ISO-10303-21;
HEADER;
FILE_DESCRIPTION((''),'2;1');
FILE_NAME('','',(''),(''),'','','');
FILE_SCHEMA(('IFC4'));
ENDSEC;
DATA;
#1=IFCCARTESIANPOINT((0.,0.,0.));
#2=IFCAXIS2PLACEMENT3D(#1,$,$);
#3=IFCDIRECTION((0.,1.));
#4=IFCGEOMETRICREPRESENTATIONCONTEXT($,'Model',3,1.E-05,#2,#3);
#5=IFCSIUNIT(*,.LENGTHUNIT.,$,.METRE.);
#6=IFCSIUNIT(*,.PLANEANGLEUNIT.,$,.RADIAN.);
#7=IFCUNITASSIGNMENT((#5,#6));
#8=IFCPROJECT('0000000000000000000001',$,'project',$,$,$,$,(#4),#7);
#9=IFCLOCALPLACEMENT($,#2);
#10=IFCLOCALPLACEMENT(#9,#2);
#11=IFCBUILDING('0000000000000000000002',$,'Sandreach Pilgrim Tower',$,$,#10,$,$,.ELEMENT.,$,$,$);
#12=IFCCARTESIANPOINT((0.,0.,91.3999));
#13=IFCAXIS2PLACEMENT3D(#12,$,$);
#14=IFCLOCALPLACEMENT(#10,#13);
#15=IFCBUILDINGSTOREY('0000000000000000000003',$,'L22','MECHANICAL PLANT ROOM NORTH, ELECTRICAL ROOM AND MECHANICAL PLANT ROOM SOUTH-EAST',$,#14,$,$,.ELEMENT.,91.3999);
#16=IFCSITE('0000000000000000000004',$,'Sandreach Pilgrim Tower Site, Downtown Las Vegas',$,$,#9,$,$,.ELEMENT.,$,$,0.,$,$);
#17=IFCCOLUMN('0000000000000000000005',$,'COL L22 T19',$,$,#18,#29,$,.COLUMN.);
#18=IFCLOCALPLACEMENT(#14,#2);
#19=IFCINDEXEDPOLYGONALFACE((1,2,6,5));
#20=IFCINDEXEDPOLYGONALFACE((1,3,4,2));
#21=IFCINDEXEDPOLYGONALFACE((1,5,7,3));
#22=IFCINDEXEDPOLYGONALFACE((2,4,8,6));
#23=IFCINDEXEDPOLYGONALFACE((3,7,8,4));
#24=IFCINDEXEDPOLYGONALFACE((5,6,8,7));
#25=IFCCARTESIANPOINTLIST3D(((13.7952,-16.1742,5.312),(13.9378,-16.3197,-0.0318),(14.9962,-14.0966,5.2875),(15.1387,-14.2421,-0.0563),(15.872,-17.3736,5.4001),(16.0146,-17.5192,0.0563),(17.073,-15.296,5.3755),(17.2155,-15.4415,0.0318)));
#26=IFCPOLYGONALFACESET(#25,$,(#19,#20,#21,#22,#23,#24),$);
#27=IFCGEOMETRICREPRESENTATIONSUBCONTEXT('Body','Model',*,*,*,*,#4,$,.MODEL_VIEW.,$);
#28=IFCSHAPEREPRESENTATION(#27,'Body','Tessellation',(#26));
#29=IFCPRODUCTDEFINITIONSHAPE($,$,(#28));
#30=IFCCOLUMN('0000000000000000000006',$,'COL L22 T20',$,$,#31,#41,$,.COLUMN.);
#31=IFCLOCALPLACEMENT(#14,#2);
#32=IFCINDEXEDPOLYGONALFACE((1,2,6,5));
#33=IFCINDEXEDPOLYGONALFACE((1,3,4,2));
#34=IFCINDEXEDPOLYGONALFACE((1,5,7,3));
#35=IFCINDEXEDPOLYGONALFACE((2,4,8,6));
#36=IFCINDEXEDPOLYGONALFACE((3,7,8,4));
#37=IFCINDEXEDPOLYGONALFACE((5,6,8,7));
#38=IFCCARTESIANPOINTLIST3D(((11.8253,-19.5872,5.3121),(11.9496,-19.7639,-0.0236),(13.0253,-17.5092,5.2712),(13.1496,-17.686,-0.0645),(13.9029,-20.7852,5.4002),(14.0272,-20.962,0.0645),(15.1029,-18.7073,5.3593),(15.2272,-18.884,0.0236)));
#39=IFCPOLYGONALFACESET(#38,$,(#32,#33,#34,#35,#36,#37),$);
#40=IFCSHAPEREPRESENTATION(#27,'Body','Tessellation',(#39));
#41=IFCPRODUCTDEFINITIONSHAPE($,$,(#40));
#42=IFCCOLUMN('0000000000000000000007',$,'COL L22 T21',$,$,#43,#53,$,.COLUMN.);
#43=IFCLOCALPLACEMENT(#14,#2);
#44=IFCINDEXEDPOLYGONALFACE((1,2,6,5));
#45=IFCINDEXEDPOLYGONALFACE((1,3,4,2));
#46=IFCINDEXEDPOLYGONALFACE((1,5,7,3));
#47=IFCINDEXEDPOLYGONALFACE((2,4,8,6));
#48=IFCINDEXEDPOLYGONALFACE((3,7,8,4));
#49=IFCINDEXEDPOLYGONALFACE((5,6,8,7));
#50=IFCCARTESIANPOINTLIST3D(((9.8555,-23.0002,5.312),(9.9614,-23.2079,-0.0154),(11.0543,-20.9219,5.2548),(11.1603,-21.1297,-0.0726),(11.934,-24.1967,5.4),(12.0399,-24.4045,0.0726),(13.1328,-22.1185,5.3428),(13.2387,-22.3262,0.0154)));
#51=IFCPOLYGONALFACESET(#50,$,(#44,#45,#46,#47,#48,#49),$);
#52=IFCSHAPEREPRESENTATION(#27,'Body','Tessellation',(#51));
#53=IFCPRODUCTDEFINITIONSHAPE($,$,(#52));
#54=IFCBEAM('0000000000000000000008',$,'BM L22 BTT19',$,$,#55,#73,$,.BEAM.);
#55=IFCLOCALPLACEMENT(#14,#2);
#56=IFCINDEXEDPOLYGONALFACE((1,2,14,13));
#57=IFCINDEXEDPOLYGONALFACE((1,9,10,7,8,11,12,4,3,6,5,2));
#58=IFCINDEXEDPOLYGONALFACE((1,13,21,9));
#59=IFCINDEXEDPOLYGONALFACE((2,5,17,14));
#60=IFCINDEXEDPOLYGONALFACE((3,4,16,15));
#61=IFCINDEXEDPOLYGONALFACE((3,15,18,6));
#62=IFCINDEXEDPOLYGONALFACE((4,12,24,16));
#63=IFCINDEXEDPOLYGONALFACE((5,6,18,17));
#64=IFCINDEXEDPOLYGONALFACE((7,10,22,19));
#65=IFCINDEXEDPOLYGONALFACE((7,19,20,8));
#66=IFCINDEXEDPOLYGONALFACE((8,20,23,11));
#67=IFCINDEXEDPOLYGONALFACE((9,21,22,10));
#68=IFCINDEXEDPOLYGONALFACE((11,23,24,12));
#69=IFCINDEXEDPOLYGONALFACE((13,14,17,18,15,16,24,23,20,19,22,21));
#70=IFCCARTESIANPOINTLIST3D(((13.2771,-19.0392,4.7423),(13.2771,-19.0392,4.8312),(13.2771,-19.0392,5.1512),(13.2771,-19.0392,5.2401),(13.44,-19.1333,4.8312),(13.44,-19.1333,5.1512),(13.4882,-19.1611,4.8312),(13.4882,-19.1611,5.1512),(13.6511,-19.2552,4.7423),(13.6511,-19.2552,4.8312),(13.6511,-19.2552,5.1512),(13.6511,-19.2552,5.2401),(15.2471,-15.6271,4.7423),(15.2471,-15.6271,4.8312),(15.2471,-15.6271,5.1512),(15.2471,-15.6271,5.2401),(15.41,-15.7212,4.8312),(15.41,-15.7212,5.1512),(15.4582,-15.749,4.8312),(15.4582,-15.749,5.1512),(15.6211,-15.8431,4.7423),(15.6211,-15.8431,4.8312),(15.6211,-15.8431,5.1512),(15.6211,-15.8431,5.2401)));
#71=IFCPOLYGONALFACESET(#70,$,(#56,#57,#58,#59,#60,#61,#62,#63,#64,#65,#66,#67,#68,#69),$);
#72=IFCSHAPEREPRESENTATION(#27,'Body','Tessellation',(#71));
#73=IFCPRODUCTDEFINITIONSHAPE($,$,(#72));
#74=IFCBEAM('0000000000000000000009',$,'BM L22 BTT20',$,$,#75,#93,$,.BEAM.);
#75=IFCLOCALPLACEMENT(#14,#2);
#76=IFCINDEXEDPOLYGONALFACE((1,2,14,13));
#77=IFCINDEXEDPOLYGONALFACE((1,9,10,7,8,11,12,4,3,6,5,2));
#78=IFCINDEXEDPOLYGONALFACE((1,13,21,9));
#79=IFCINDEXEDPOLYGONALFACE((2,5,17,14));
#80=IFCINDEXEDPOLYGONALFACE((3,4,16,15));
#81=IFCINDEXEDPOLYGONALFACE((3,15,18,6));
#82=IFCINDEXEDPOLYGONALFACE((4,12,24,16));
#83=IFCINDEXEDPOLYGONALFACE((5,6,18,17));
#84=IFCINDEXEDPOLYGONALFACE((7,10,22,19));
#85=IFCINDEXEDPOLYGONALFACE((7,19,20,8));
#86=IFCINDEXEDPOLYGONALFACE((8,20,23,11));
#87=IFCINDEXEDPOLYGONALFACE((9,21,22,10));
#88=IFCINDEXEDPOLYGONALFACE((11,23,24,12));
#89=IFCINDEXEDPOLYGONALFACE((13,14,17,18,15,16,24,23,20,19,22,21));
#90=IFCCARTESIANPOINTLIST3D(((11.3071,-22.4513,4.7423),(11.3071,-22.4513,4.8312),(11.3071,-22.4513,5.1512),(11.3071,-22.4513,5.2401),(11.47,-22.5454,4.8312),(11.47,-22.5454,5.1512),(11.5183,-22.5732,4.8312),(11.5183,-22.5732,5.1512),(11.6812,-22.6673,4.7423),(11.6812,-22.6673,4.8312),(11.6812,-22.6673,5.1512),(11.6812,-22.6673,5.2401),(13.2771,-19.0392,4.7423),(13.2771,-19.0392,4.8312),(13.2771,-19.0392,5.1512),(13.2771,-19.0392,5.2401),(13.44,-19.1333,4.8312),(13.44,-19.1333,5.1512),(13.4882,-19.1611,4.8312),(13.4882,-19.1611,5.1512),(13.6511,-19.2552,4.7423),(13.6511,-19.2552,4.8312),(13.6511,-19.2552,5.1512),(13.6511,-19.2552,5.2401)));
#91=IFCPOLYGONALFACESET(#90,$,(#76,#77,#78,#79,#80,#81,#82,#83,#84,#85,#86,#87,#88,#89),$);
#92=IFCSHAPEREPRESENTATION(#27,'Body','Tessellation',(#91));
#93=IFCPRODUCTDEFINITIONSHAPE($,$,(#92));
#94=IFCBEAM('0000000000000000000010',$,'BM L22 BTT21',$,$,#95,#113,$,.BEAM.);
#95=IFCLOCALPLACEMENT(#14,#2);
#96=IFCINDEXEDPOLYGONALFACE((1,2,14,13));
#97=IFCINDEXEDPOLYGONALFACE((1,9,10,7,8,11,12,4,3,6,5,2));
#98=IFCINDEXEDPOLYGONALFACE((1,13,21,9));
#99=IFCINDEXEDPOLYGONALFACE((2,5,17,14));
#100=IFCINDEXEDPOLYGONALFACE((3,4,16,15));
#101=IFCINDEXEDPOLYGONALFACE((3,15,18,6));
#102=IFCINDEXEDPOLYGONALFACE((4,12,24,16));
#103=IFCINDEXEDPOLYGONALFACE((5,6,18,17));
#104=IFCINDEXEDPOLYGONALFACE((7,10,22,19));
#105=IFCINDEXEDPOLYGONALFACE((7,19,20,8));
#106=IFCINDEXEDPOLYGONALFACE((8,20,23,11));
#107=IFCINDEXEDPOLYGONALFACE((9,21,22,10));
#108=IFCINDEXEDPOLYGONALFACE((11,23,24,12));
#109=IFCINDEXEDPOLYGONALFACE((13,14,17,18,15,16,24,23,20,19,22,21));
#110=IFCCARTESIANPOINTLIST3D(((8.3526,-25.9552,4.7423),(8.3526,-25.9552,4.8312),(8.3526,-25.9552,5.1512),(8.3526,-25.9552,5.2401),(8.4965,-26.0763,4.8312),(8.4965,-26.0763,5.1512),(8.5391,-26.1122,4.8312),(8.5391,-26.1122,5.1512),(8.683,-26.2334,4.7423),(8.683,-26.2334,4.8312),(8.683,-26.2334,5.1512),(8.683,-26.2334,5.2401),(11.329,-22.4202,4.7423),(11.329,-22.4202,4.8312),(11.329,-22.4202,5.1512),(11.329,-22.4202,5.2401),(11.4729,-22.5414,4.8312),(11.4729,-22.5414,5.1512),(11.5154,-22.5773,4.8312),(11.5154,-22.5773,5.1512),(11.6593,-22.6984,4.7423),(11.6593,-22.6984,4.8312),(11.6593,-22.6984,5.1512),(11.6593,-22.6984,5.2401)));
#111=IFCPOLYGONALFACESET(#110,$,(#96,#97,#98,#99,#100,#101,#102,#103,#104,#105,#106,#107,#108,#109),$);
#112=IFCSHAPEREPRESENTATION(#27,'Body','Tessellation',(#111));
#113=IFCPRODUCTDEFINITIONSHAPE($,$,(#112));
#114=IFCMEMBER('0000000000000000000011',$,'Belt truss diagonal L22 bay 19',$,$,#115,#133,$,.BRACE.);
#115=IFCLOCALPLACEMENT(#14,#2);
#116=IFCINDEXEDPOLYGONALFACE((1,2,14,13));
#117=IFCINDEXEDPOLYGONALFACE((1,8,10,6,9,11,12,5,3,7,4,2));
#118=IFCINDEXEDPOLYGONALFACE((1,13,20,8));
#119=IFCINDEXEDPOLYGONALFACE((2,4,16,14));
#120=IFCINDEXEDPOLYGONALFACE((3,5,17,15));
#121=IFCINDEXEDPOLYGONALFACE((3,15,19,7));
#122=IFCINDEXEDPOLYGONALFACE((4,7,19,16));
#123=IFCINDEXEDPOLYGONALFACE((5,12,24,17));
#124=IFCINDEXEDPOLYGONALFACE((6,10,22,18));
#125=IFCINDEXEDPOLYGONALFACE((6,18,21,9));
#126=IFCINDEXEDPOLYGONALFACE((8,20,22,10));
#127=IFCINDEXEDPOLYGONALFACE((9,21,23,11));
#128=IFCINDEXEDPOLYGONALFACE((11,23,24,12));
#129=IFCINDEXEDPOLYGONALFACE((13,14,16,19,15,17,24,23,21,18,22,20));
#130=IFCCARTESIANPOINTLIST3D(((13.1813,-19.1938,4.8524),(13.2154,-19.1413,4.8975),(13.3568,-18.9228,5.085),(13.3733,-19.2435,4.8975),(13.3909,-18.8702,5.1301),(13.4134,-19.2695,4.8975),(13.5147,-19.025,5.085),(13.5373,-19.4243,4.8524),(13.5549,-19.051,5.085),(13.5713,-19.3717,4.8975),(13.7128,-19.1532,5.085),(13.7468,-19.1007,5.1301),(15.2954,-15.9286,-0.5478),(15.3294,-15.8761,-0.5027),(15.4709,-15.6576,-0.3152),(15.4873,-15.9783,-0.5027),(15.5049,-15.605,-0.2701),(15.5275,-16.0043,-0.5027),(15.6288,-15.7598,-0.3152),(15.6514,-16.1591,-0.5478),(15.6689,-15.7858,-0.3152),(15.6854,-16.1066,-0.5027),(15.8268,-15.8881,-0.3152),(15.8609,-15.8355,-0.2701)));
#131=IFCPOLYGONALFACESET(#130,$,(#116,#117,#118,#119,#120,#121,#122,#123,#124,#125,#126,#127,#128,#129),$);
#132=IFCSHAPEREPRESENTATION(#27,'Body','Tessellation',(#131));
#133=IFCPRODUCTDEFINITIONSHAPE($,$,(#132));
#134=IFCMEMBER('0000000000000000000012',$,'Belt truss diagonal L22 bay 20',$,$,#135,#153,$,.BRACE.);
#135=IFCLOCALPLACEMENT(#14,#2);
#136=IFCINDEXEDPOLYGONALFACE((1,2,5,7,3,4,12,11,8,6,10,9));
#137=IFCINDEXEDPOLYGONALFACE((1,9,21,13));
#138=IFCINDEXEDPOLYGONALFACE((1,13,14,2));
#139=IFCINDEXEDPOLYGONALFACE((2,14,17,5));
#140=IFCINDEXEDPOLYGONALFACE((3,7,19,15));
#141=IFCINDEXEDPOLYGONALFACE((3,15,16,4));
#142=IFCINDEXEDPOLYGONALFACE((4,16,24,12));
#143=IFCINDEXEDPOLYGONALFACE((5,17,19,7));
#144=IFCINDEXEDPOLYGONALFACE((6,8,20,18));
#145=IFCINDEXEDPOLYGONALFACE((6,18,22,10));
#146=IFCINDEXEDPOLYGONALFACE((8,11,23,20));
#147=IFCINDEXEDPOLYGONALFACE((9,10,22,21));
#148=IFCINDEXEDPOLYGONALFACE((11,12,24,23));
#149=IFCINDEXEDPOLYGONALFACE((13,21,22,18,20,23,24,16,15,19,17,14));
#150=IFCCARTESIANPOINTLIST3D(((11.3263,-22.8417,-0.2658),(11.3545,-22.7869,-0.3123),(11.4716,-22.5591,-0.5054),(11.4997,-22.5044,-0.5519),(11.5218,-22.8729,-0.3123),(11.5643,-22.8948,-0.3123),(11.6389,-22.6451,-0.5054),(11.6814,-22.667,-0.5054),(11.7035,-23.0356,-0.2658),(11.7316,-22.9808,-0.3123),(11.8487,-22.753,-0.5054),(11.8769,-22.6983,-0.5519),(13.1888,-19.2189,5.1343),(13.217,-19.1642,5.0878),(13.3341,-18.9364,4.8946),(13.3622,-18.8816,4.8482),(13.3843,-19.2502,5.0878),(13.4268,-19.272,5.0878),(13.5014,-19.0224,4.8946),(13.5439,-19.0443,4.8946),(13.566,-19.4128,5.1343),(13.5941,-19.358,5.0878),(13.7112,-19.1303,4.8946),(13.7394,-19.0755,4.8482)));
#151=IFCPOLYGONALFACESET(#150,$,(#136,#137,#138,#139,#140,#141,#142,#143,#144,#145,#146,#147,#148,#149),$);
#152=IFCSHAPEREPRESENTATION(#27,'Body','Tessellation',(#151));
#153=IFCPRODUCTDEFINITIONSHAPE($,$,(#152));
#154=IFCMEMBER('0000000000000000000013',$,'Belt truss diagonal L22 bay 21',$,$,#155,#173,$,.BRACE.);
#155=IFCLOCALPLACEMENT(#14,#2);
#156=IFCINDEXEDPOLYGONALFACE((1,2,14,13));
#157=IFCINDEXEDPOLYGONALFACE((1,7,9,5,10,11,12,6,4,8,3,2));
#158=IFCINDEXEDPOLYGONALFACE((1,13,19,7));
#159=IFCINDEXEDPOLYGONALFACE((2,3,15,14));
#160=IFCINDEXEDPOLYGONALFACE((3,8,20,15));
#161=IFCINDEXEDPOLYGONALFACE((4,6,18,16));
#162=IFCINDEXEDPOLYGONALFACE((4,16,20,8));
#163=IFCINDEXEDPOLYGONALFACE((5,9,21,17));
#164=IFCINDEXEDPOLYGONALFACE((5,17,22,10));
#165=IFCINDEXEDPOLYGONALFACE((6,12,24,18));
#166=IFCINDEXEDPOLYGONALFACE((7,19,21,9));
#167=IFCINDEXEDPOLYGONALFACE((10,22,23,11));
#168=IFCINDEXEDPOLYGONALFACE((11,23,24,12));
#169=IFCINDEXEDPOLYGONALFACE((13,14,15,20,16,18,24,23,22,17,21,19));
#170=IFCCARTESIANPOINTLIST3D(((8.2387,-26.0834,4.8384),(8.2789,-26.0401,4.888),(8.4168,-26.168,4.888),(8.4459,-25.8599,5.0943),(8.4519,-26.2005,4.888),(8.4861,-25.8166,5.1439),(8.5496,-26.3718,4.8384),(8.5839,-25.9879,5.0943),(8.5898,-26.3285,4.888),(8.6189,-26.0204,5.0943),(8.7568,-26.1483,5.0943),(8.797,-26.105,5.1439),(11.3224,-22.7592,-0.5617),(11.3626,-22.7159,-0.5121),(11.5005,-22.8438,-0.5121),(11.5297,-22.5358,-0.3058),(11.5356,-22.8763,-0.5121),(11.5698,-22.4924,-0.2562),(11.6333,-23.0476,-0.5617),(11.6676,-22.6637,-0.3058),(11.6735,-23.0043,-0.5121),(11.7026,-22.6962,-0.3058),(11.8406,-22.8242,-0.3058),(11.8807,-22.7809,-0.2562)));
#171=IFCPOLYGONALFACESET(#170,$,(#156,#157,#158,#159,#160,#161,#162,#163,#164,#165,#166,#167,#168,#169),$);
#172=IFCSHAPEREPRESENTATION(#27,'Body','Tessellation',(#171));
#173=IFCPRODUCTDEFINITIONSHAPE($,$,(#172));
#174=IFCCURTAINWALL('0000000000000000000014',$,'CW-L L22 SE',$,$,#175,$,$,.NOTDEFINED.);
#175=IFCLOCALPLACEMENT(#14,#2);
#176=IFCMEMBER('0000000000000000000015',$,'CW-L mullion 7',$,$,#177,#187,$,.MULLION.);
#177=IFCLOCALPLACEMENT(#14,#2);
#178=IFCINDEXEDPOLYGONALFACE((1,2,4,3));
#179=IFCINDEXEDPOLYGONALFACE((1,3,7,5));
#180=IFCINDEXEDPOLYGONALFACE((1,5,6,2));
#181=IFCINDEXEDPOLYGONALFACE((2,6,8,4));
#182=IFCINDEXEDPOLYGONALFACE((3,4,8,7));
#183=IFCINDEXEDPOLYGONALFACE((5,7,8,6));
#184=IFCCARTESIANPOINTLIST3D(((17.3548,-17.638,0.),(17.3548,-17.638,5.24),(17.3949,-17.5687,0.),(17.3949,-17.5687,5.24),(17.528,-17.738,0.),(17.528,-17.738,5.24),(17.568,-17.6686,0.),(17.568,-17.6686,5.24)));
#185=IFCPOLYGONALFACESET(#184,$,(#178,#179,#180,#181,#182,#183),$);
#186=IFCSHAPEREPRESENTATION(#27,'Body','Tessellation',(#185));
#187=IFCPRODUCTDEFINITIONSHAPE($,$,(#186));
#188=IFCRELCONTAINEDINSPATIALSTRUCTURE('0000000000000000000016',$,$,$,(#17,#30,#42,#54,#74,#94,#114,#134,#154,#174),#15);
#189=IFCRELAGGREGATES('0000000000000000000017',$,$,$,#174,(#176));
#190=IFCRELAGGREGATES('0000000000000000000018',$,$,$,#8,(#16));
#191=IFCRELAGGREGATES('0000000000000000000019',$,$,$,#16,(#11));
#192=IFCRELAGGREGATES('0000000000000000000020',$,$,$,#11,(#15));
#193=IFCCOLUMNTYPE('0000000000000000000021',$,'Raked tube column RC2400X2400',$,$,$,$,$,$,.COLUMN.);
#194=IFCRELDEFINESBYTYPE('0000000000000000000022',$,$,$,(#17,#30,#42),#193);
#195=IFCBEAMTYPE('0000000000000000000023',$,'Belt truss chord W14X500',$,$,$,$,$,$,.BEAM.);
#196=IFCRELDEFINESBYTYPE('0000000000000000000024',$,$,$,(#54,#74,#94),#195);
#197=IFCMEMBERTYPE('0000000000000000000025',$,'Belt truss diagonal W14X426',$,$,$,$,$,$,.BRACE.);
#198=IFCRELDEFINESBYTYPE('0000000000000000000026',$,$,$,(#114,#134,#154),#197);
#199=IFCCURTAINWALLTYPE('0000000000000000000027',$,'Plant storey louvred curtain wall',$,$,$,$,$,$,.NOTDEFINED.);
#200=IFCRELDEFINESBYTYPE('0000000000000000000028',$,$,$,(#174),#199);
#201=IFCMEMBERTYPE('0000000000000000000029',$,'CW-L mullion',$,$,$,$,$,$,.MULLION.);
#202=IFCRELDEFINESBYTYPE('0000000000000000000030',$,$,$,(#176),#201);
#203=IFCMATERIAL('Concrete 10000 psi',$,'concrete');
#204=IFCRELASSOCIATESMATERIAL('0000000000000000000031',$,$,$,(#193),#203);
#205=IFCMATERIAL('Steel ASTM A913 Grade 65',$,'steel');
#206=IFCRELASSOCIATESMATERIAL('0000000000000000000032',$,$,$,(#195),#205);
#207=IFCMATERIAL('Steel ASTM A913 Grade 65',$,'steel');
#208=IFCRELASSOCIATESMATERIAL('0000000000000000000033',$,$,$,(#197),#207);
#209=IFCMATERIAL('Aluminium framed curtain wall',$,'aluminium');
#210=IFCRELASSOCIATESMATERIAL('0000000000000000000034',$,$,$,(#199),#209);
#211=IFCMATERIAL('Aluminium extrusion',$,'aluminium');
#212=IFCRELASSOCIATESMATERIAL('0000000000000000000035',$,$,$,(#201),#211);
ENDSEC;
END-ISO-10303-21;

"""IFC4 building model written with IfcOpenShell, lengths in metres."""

from ifc_helpers import new_model, si_unit, direction, frame, origin, origin_2d, place, context, subcontext, project, spatial, rectangle, i_section, extrude, material, material_profile, profile_set, type_object, element, aggregate, save


model = new_model("IFC4")

# Units and contexts
model_context = context("Model", 3, precision=1e-05, world=origin(), true_north=direction((0.0, 1.0)))
body_context = subcontext(model_context, "Body", "Model", "MODEL_VIEW")
ifc_project = project(units=[si_unit("LENGTHUNIT", "METRE"), si_unit("PLANEANGLEUNIT", "RADIAN")], contexts=[model_context])

# Site, building, storey
site_placement = place(None, origin())
site = spatial("IfcSite", under=ifc_project, at=site_placement, Name="Sandreach Pilgrim Tower Site, Downtown Las Vegas", CompositionType="ELEMENT", RefElevation=0.0)
building_placement = place(site_placement, origin())
building = spatial("IfcBuilding", under=site, at=building_placement, Name="Sandreach Pilgrim Tower", CompositionType="ELEMENT")
storey_placement = place(building_placement, frame((0.0, 0.0, 91.3999)))
storey = spatial("IfcBuildingStorey", under=building, at=storey_placement, Name="L22", Description="MECHANICAL PLANT ROOM NORTH, ELECTRICAL ROOM AND MECHANICAL PLANT ROOM SOUTH-EAST", CompositionType="ELEMENT", Elevation=91.3999)

# Columns
ifc_material_1 = material(Name="Concrete 10000 psi", Category="concrete")
ifc_material_profile_1 = material_profile(ifc_material_1, rectangle(XDim=2.3999, YDim=2.3999, at=origin_2d()), Name="RC2400X2400")
ifc_profile_set_1 = profile_set([ifc_material_profile_1], Name="Concrete 10000 psi")
column_type = type_object("IfcColumnType", Name="Raked tube column RC2400X2400", PredefinedType="COLUMN", material=ifc_profile_set_1)
column_1_placement = place(storey_placement, frame((15.5767, -15.8806, 0.0), z_axis=(-0.026662, 0.02721, 0.999274), x_axis=(0.865374, -0.499781, 0.036698)))
element("IfcColumn", 1, at=column_1_placement, inside=storey, type_object=column_type, Name="COL L22 T19", PredefinedType="COLUMN", context=body_context, shape_type="SweptSolid", body=[
    extrude(rectangle(XDim=2.3999, YDim=2.3999, at=origin_2d()), origin(), (0.0, 0.0, 1.0), 5.3477),
])
column_2_placement = place(storey_placement, frame((13.5884, -19.324, 0.0), z_axis=(-0.023271, 0.0331, 0.999181), x_axis=(0.865705, -0.499208, 0.0367)))
element("IfcColumn", 2, at=column_2_placement, inside=storey, type_object=column_type, Name="COL L22 T20", PredefinedType="COLUMN", context=body_context, shape_type="SweptSolid", body=[
    extrude(rectangle(XDim=2.3999, YDim=2.3999, at=origin_2d()), origin(), (0.0, 0.0, 1.0), 5.3401),
])
column_3_placement = place(storey_placement, frame((11.6001, -22.7671, 0.0), z_axis=(-0.01987, 0.038962, 0.999043), x_axis=(0.866071, -0.498574, 0.036669)))
element("IfcColumn", 3, at=column_3_placement, inside=storey, type_object=column_type, Name="COL L22 T21", PredefinedType="COLUMN", context=body_context, shape_type="SweptSolid", body=[
    extrude(rectangle(XDim=2.3999, YDim=2.3999, at=origin_2d()), origin(), (0.0, 0.0, 1.0), 5.3325),
])

# Beams
ifc_material_2 = material(Name="Steel ASTM A913 Grade 65", Category="steel")
ifc_material_profile_2 = material_profile(ifc_material_2, i_section(OverallWidth=0.4319, OverallDepth=0.4978, WebThickness=0.0557, FlangeThickness=0.0889, at=origin_2d()), Name="W14X500")
ifc_profile_set_2 = profile_set([ifc_material_profile_2], Name="Steel ASTM A913 Grade 65")
beam_type_1 = type_object("IfcBeamType", Name="Belt truss chord W14X500", PredefinedType="BEAM", material=ifc_profile_set_2)
for number, where, z_axis, x_axis, name in (
    (4, (15.4341, -15.7351, 4.9912), (-0.499998, -0.866027, 0.0), (0.866027, -0.499998, 0.0), "BM L22 BTT19"),
    (5, (13.4641, -19.1472, 4.9912), (-0.499998, -0.866027, 0.0), (0.866027, -0.499998, 0.0), "BM L22 BTT20"),
):
    element("IfcBeam", number, at=place(storey_placement, frame(where, z_axis=z_axis, x_axis=x_axis)), inside=storey, type_object=beam_type_1, Name=name, PredefinedType="BEAM", context=body_context, shape_type="SweptSolid", body=[
        extrude(i_section(OverallWidth=0.4319, OverallDepth=0.4978, WebThickness=0.0557, FlangeThickness=0.0889, at=origin_2d()), origin(), (0.0, 0.0, 1.0), 3.9399),
    ])
beam_1_placement = place(storey_placement, frame((11.4941, -22.5593, 4.9912), z_axis=(-0.644079, -0.764959, 0.0), x_axis=(0.764959, -0.644079, 0.0)))
element("IfcBeam", 6, at=beam_1_placement, inside=storey, type_object=beam_type_1, Name="BM L22 BTT21", PredefinedType="BEAM", context=body_context, shape_type="SweptSolid", body=[
    extrude(i_section(OverallWidth=0.4319, OverallDepth=0.4978, WebThickness=0.0557, FlangeThickness=0.0889, at=origin_2d()), origin(), (0.0, 0.0, 1.0), 4.6211),
])

# Members
ifc_material_3 = material(Name="Steel ASTM A913 Grade 65", Category="steel")
ifc_material_profile_3 = material_profile(ifc_material_3, i_section(OverallWidth=0.4241, OverallDepth=0.4751, WebThickness=0.0479, FlangeThickness=0.0771, at=origin_2d()), Name="W14X426")
ifc_profile_set_3 = profile_set([ifc_material_profile_3], Name="Steel ASTM A913 Grade 65")
member_type_1 = type_object("IfcMemberType", Name="Belt truss diagonal W14X426", PredefinedType="BRACE", material=ifc_profile_set_3)
member_1_placement = place(storey_placement, frame((15.5781, -15.8821, -0.4089), z_axis=(-0.317648, -0.490614, 0.811417), x_axis=(0.83942, -0.543483, 0.0)))
element("IfcMember", 7, at=member_1_placement, inside=storey, type_object=member_type_1, Name="Belt truss diagonal L22 bay 19", PredefinedType="BRACE", context=body_context, shape_type="SweptSolid", body=[
    extrude(i_section(OverallWidth=0.4241, OverallDepth=0.4751, WebThickness=0.0479, FlangeThickness=0.0771, at=origin_2d()), origin(), (0.0, 0.0, 1.0), 6.6553),
])
member_2_placement = place(storey_placement, frame((13.4641, -19.1472, 4.9912), z_axis=(-0.275351, -0.535579, -0.798334), x_axis=(0.889348, -0.45723, 0.0)))
element("IfcMember", 8, at=member_2_placement, inside=storey, type_object=member_type_1, Name="Belt truss diagonal L22 bay 20", PredefinedType="BRACE", context=body_context, shape_type="SweptSolid", body=[
    extrude(i_section(OverallWidth=0.4241, OverallDepth=0.4751, WebThickness=0.0479, FlangeThickness=0.0771, at=origin_2d()), origin(), (0.0, 0.0, 1.0), 6.7642),
])
member_3_placement = place(storey_placement, frame((11.6016, -22.77, -0.4089), z_axis=(-0.437327, -0.47143, 0.765832), x_axis=(0.733127, -0.680092, 0.0)))
element("IfcMember", 9, at=member_3_placement, inside=storey, type_object=member_type_1, Name="Belt truss diagonal L22 bay 21", PredefinedType="BRACE", context=body_context, shape_type="SweptSolid", body=[
    extrude(i_section(OverallWidth=0.4241, OverallDepth=0.4751, WebThickness=0.0479, FlangeThickness=0.0771, at=origin_2d()), origin(), (0.0, 0.0, 1.0), 7.0513),
])

# Curtain wall, member
ifc_material_4 = material(Name="Aluminium framed curtain wall", Category="aluminium")
curtain_wall_type = type_object("IfcCurtainWallType", Name="Plant storey louvred curtain wall", PredefinedType="NOTDEFINED", material=ifc_material_4)
curtain_wall_placement = place(storey_placement, origin())
curtain_wall = element("IfcCurtainWall", 10, at=curtain_wall_placement, inside=storey, type_object=curtain_wall_type, Name="CW-L L22 SE", PredefinedType="NOTDEFINED")
ifc_material_5 = material(Name="Aluminium extrusion", Category="aluminium")
ifc_material_profile_4 = material_profile(ifc_material_5, rectangle(XDim=0.0801, YDim=0.2, at=origin_2d()), Name="CW-LM 80X200")
ifc_profile_set_4 = profile_set([ifc_material_profile_4], Name="Aluminium extrusion")
member_type_2 = type_object("IfcMemberType", Name="CW-L mullion", PredefinedType="MULLION", material=ifc_profile_set_4)
member_4_placement = place(storey_placement, frame((17.4614, -17.6533, 0.0), z_axis=(0.0, 0.0, 1.0), x_axis=(-0.5, -0.866025, 0.0)))
member_4 = element("IfcMember", 11, at=member_4_placement, type_object=member_type_2, Name="CW-L mullion 7", PredefinedType="MULLION", context=body_context, shape_type="SweptSolid", body=[
    extrude(rectangle(XDim=0.0801, YDim=0.2, at=origin_2d()), origin(), (0.0, 0.0, 1.0), 5.24),
])

aggregate(curtain_wall, [member_4])

save(model, "model.ifc")
